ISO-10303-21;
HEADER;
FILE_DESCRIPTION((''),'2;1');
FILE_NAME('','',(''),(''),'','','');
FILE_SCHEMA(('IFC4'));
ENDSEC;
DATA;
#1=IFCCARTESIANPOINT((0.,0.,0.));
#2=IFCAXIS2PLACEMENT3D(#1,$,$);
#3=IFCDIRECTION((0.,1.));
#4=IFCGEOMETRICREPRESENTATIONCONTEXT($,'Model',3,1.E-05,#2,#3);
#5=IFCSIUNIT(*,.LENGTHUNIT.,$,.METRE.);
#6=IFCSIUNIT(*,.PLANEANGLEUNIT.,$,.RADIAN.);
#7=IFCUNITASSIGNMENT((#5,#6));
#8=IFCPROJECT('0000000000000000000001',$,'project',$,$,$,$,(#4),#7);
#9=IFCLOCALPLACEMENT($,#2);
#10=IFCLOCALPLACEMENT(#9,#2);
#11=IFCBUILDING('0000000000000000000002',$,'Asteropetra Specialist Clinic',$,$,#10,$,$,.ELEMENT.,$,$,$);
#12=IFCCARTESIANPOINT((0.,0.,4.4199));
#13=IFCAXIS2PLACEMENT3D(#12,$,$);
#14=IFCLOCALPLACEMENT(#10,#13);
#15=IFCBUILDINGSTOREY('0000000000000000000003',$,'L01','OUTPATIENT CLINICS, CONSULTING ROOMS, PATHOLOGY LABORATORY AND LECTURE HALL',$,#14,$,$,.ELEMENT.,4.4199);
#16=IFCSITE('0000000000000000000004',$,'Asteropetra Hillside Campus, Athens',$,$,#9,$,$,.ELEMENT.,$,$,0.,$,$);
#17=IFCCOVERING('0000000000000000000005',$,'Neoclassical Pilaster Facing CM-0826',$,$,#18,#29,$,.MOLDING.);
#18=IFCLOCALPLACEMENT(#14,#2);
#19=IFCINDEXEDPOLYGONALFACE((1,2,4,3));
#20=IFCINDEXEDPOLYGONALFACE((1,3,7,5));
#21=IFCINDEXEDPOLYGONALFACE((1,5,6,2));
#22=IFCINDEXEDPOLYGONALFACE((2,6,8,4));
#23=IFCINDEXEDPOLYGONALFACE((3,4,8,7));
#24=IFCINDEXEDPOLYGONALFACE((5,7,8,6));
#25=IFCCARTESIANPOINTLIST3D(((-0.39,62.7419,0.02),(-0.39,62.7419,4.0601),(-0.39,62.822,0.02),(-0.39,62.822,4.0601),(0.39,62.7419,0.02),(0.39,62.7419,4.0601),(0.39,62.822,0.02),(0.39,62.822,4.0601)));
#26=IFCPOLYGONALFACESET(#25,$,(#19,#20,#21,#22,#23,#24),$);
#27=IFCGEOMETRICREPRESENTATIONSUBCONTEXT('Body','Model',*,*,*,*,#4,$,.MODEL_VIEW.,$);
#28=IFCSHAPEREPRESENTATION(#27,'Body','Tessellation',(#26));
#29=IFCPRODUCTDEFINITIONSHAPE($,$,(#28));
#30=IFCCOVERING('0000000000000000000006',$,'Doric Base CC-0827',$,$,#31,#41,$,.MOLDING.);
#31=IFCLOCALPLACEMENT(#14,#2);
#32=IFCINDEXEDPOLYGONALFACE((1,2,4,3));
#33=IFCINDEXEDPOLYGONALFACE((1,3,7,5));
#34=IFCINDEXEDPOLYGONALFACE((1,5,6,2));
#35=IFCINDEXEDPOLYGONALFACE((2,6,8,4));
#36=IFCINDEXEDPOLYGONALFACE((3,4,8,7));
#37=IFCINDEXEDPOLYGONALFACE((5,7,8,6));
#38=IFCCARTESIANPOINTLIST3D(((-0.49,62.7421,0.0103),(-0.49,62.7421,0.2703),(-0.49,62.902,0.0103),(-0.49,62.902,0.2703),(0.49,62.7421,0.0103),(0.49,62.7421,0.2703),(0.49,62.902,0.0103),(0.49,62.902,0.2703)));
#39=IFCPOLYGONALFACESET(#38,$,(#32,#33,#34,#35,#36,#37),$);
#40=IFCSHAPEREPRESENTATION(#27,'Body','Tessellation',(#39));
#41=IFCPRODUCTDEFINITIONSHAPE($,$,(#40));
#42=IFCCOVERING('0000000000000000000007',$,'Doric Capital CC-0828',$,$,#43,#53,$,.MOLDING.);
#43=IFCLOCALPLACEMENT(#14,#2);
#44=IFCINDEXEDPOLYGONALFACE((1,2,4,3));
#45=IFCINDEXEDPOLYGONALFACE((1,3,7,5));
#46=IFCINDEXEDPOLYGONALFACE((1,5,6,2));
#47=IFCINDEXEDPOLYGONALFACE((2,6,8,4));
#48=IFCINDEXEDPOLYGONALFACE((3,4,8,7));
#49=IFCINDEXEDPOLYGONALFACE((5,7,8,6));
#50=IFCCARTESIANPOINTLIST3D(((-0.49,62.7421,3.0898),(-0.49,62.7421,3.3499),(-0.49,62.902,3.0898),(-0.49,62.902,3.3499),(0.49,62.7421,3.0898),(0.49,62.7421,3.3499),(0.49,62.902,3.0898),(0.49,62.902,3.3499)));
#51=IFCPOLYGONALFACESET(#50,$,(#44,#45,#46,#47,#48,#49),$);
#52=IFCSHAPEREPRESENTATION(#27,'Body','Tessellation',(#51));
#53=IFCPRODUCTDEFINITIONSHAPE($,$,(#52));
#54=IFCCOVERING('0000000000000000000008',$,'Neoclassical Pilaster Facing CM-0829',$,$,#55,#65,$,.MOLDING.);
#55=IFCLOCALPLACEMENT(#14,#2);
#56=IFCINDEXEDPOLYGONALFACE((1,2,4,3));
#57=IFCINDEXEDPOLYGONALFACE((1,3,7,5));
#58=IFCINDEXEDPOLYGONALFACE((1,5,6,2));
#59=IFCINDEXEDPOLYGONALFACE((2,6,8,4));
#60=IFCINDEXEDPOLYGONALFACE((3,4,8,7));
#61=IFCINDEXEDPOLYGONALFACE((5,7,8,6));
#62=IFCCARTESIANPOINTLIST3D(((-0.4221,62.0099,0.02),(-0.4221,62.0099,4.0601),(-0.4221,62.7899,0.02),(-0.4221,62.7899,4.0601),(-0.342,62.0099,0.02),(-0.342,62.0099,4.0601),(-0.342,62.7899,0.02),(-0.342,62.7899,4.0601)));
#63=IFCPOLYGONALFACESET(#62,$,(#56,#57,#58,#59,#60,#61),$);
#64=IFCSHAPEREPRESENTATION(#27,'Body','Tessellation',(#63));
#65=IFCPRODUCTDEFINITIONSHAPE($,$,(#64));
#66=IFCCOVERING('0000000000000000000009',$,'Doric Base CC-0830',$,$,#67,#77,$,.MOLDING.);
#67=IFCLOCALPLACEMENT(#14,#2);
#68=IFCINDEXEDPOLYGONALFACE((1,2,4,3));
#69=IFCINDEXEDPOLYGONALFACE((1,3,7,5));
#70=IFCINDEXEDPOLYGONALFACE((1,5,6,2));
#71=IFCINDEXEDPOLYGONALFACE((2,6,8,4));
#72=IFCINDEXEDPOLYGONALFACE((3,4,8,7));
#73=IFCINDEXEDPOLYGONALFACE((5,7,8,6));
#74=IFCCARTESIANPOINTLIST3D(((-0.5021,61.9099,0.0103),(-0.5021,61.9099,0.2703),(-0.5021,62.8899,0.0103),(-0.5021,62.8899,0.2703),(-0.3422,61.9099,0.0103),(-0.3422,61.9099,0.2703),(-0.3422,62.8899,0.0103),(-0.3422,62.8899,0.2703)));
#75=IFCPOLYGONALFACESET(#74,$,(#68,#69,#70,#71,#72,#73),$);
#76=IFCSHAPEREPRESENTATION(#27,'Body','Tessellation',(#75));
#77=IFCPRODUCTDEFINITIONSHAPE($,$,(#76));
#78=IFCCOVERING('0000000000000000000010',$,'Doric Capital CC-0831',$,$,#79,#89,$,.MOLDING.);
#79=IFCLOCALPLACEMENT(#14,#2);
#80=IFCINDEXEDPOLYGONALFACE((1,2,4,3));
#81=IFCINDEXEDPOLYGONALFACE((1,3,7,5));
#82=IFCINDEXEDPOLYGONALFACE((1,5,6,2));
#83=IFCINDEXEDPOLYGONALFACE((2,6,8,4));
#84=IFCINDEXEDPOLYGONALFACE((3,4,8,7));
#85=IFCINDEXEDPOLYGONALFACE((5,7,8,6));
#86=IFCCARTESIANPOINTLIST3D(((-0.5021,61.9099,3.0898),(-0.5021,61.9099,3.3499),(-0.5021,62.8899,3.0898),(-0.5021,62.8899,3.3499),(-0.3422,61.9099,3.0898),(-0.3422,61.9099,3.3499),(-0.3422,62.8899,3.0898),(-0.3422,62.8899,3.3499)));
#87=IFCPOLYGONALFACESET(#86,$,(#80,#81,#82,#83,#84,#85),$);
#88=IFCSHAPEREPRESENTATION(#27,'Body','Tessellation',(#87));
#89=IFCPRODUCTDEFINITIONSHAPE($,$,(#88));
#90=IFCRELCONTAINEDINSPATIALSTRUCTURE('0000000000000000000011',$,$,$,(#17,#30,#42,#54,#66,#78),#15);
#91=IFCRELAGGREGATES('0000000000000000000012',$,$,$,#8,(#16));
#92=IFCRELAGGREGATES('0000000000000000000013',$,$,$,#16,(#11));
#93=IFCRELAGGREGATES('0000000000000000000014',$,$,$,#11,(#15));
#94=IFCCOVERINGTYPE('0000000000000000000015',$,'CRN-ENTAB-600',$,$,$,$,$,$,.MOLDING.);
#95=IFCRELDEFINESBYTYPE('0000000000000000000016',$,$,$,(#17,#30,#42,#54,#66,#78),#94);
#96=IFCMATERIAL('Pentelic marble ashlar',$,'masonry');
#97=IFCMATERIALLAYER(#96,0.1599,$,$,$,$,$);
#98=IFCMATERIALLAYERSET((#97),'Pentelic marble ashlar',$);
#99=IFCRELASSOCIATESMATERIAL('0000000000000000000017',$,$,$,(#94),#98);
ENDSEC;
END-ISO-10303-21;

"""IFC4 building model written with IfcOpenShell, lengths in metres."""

from ifc_helpers import new_model, si_unit, direction, frame, origin, origin_2d, place, context, subcontext, project, spatial, rectangle, extrude, material, layer, layer_set, type_object, element, save


model = new_model("IFC4")

# Units and contexts
model_context = context("Model", 3, precision=1e-05, world=origin(), true_north=direction((0.0, 1.0)))
body_context = subcontext(model_context, "Body", "Model", "MODEL_VIEW")
ifc_project = project(units=[si_unit("LENGTHUNIT", "METRE"), si_unit("PLANEANGLEUNIT", "RADIAN")], contexts=[model_context])

# Site, building, storey
site_placement = place(None, origin())
site = spatial("IfcSite", under=ifc_project, at=site_placement, Name="Asteropetra Hillside Campus, Athens", CompositionType="ELEMENT", RefElevation=0.0)
building_placement = place(site_placement, origin())
building = spatial("IfcBuilding", under=site, at=building_placement, Name="Asteropetra Specialist Clinic", CompositionType="ELEMENT")
storey_placement = place(building_placement, frame((0.0, 0.0, 4.4199)))
storey = spatial("IfcBuildingStorey", under=building, at=storey_placement, Name="L01", Description="OUTPATIENT CLINICS, CONSULTING ROOMS, PATHOLOGY LABORATORY AND LECTURE HALL", CompositionType="ELEMENT", Elevation=4.4199)

# Coverings
ifc_material_1 = material(Name="Pentelic marble ashlar", Category="masonry")
ifc_layer_1 = layer(ifc_material_1, 0.1599)
ifc_layer_set_1 = layer_set([ifc_layer_1], Name="Pentelic marble ashlar")
covering_type = type_object("IfcCoveringType", Name="CRN-ENTAB-600", PredefinedType="MOLDING", material=ifc_layer_set_1)
covering_1_placement = place(storey_placement, frame((0.0, 62.782, 0.02), z_axis=(0.0, 0.0, 1.0), x_axis=(1.0, 0.0, 0.0)))
element("IfcCovering", 1, at=covering_1_placement, inside=storey, type_object=covering_type, Name="Neoclassical Pilaster Facing CM-0826", PredefinedType="MOLDING", context=body_context, shape_type="SweptSolid", body=[
    extrude(rectangle(XDim=0.78, YDim=0.0801, at=origin_2d()), origin(), (0.0, 0.0, 1.0), 4.04),
])
for number, where, z_axis, x_axis, name in (
    (2, (0.0, 62.822, 0.0103), (0.0, 0.0, 1.0), (1.0, 0.0, 0.0), "Doric Base CC-0827"),
    (3, (0.0, 62.822, 3.0898), (0.0, 0.0, 1.0), (1.0, 0.0, 0.0), "Doric Capital CC-0828"),
):
    element("IfcCovering", number, at=place(storey_placement, frame(where, z_axis=z_axis, x_axis=x_axis)), inside=storey, type_object=covering_type, Name=name, PredefinedType="MOLDING", context=body_context, shape_type="SweptSolid", body=[
        extrude(rectangle(XDim=0.98, YDim=0.1599, at=origin_2d()), origin(), (0.0, 0.0, 1.0), 0.26),
    ])
covering_2_placement = place(storey_placement, frame((-0.3821, 62.3999, 0.02), z_axis=(0.0, 0.0, 1.0), x_axis=(1.0, 0.0, 0.0)))
element("IfcCovering", 4, at=covering_2_placement, inside=storey, type_object=covering_type, Name="Neoclassical Pilaster Facing CM-0829", PredefinedType="MOLDING", context=body_context, shape_type="SweptSolid", body=[
    extrude(rectangle(XDim=0.0801, YDim=0.78, at=origin_2d()), origin(), (0.0, 0.0, 1.0), 4.04),
])
for number, where, z_axis, x_axis, name in (
    (5, (-0.4221, 62.3999, 0.0103), (0.0, 0.0, 1.0), (1.0, 0.0, 0.0), "Doric Base CC-0830"),
    (6, (-0.4221, 62.3999, 3.0898), (0.0, 0.0, 1.0), (1.0, 0.0, 0.0), "Doric Capital CC-0831"),
):
    element("IfcCovering", number, at=place(storey_placement, frame(where, z_axis=z_axis, x_axis=x_axis)), inside=storey, type_object=covering_type, Name=name, PredefinedType="MOLDING", context=body_context, shape_type="SweptSolid", body=[
        extrude(rectangle(XDim=0.1599, YDim=0.98, at=origin_2d()), origin(), (0.0, 0.0, 1.0), 0.26),
    ])

save(model, "model.ifc")
